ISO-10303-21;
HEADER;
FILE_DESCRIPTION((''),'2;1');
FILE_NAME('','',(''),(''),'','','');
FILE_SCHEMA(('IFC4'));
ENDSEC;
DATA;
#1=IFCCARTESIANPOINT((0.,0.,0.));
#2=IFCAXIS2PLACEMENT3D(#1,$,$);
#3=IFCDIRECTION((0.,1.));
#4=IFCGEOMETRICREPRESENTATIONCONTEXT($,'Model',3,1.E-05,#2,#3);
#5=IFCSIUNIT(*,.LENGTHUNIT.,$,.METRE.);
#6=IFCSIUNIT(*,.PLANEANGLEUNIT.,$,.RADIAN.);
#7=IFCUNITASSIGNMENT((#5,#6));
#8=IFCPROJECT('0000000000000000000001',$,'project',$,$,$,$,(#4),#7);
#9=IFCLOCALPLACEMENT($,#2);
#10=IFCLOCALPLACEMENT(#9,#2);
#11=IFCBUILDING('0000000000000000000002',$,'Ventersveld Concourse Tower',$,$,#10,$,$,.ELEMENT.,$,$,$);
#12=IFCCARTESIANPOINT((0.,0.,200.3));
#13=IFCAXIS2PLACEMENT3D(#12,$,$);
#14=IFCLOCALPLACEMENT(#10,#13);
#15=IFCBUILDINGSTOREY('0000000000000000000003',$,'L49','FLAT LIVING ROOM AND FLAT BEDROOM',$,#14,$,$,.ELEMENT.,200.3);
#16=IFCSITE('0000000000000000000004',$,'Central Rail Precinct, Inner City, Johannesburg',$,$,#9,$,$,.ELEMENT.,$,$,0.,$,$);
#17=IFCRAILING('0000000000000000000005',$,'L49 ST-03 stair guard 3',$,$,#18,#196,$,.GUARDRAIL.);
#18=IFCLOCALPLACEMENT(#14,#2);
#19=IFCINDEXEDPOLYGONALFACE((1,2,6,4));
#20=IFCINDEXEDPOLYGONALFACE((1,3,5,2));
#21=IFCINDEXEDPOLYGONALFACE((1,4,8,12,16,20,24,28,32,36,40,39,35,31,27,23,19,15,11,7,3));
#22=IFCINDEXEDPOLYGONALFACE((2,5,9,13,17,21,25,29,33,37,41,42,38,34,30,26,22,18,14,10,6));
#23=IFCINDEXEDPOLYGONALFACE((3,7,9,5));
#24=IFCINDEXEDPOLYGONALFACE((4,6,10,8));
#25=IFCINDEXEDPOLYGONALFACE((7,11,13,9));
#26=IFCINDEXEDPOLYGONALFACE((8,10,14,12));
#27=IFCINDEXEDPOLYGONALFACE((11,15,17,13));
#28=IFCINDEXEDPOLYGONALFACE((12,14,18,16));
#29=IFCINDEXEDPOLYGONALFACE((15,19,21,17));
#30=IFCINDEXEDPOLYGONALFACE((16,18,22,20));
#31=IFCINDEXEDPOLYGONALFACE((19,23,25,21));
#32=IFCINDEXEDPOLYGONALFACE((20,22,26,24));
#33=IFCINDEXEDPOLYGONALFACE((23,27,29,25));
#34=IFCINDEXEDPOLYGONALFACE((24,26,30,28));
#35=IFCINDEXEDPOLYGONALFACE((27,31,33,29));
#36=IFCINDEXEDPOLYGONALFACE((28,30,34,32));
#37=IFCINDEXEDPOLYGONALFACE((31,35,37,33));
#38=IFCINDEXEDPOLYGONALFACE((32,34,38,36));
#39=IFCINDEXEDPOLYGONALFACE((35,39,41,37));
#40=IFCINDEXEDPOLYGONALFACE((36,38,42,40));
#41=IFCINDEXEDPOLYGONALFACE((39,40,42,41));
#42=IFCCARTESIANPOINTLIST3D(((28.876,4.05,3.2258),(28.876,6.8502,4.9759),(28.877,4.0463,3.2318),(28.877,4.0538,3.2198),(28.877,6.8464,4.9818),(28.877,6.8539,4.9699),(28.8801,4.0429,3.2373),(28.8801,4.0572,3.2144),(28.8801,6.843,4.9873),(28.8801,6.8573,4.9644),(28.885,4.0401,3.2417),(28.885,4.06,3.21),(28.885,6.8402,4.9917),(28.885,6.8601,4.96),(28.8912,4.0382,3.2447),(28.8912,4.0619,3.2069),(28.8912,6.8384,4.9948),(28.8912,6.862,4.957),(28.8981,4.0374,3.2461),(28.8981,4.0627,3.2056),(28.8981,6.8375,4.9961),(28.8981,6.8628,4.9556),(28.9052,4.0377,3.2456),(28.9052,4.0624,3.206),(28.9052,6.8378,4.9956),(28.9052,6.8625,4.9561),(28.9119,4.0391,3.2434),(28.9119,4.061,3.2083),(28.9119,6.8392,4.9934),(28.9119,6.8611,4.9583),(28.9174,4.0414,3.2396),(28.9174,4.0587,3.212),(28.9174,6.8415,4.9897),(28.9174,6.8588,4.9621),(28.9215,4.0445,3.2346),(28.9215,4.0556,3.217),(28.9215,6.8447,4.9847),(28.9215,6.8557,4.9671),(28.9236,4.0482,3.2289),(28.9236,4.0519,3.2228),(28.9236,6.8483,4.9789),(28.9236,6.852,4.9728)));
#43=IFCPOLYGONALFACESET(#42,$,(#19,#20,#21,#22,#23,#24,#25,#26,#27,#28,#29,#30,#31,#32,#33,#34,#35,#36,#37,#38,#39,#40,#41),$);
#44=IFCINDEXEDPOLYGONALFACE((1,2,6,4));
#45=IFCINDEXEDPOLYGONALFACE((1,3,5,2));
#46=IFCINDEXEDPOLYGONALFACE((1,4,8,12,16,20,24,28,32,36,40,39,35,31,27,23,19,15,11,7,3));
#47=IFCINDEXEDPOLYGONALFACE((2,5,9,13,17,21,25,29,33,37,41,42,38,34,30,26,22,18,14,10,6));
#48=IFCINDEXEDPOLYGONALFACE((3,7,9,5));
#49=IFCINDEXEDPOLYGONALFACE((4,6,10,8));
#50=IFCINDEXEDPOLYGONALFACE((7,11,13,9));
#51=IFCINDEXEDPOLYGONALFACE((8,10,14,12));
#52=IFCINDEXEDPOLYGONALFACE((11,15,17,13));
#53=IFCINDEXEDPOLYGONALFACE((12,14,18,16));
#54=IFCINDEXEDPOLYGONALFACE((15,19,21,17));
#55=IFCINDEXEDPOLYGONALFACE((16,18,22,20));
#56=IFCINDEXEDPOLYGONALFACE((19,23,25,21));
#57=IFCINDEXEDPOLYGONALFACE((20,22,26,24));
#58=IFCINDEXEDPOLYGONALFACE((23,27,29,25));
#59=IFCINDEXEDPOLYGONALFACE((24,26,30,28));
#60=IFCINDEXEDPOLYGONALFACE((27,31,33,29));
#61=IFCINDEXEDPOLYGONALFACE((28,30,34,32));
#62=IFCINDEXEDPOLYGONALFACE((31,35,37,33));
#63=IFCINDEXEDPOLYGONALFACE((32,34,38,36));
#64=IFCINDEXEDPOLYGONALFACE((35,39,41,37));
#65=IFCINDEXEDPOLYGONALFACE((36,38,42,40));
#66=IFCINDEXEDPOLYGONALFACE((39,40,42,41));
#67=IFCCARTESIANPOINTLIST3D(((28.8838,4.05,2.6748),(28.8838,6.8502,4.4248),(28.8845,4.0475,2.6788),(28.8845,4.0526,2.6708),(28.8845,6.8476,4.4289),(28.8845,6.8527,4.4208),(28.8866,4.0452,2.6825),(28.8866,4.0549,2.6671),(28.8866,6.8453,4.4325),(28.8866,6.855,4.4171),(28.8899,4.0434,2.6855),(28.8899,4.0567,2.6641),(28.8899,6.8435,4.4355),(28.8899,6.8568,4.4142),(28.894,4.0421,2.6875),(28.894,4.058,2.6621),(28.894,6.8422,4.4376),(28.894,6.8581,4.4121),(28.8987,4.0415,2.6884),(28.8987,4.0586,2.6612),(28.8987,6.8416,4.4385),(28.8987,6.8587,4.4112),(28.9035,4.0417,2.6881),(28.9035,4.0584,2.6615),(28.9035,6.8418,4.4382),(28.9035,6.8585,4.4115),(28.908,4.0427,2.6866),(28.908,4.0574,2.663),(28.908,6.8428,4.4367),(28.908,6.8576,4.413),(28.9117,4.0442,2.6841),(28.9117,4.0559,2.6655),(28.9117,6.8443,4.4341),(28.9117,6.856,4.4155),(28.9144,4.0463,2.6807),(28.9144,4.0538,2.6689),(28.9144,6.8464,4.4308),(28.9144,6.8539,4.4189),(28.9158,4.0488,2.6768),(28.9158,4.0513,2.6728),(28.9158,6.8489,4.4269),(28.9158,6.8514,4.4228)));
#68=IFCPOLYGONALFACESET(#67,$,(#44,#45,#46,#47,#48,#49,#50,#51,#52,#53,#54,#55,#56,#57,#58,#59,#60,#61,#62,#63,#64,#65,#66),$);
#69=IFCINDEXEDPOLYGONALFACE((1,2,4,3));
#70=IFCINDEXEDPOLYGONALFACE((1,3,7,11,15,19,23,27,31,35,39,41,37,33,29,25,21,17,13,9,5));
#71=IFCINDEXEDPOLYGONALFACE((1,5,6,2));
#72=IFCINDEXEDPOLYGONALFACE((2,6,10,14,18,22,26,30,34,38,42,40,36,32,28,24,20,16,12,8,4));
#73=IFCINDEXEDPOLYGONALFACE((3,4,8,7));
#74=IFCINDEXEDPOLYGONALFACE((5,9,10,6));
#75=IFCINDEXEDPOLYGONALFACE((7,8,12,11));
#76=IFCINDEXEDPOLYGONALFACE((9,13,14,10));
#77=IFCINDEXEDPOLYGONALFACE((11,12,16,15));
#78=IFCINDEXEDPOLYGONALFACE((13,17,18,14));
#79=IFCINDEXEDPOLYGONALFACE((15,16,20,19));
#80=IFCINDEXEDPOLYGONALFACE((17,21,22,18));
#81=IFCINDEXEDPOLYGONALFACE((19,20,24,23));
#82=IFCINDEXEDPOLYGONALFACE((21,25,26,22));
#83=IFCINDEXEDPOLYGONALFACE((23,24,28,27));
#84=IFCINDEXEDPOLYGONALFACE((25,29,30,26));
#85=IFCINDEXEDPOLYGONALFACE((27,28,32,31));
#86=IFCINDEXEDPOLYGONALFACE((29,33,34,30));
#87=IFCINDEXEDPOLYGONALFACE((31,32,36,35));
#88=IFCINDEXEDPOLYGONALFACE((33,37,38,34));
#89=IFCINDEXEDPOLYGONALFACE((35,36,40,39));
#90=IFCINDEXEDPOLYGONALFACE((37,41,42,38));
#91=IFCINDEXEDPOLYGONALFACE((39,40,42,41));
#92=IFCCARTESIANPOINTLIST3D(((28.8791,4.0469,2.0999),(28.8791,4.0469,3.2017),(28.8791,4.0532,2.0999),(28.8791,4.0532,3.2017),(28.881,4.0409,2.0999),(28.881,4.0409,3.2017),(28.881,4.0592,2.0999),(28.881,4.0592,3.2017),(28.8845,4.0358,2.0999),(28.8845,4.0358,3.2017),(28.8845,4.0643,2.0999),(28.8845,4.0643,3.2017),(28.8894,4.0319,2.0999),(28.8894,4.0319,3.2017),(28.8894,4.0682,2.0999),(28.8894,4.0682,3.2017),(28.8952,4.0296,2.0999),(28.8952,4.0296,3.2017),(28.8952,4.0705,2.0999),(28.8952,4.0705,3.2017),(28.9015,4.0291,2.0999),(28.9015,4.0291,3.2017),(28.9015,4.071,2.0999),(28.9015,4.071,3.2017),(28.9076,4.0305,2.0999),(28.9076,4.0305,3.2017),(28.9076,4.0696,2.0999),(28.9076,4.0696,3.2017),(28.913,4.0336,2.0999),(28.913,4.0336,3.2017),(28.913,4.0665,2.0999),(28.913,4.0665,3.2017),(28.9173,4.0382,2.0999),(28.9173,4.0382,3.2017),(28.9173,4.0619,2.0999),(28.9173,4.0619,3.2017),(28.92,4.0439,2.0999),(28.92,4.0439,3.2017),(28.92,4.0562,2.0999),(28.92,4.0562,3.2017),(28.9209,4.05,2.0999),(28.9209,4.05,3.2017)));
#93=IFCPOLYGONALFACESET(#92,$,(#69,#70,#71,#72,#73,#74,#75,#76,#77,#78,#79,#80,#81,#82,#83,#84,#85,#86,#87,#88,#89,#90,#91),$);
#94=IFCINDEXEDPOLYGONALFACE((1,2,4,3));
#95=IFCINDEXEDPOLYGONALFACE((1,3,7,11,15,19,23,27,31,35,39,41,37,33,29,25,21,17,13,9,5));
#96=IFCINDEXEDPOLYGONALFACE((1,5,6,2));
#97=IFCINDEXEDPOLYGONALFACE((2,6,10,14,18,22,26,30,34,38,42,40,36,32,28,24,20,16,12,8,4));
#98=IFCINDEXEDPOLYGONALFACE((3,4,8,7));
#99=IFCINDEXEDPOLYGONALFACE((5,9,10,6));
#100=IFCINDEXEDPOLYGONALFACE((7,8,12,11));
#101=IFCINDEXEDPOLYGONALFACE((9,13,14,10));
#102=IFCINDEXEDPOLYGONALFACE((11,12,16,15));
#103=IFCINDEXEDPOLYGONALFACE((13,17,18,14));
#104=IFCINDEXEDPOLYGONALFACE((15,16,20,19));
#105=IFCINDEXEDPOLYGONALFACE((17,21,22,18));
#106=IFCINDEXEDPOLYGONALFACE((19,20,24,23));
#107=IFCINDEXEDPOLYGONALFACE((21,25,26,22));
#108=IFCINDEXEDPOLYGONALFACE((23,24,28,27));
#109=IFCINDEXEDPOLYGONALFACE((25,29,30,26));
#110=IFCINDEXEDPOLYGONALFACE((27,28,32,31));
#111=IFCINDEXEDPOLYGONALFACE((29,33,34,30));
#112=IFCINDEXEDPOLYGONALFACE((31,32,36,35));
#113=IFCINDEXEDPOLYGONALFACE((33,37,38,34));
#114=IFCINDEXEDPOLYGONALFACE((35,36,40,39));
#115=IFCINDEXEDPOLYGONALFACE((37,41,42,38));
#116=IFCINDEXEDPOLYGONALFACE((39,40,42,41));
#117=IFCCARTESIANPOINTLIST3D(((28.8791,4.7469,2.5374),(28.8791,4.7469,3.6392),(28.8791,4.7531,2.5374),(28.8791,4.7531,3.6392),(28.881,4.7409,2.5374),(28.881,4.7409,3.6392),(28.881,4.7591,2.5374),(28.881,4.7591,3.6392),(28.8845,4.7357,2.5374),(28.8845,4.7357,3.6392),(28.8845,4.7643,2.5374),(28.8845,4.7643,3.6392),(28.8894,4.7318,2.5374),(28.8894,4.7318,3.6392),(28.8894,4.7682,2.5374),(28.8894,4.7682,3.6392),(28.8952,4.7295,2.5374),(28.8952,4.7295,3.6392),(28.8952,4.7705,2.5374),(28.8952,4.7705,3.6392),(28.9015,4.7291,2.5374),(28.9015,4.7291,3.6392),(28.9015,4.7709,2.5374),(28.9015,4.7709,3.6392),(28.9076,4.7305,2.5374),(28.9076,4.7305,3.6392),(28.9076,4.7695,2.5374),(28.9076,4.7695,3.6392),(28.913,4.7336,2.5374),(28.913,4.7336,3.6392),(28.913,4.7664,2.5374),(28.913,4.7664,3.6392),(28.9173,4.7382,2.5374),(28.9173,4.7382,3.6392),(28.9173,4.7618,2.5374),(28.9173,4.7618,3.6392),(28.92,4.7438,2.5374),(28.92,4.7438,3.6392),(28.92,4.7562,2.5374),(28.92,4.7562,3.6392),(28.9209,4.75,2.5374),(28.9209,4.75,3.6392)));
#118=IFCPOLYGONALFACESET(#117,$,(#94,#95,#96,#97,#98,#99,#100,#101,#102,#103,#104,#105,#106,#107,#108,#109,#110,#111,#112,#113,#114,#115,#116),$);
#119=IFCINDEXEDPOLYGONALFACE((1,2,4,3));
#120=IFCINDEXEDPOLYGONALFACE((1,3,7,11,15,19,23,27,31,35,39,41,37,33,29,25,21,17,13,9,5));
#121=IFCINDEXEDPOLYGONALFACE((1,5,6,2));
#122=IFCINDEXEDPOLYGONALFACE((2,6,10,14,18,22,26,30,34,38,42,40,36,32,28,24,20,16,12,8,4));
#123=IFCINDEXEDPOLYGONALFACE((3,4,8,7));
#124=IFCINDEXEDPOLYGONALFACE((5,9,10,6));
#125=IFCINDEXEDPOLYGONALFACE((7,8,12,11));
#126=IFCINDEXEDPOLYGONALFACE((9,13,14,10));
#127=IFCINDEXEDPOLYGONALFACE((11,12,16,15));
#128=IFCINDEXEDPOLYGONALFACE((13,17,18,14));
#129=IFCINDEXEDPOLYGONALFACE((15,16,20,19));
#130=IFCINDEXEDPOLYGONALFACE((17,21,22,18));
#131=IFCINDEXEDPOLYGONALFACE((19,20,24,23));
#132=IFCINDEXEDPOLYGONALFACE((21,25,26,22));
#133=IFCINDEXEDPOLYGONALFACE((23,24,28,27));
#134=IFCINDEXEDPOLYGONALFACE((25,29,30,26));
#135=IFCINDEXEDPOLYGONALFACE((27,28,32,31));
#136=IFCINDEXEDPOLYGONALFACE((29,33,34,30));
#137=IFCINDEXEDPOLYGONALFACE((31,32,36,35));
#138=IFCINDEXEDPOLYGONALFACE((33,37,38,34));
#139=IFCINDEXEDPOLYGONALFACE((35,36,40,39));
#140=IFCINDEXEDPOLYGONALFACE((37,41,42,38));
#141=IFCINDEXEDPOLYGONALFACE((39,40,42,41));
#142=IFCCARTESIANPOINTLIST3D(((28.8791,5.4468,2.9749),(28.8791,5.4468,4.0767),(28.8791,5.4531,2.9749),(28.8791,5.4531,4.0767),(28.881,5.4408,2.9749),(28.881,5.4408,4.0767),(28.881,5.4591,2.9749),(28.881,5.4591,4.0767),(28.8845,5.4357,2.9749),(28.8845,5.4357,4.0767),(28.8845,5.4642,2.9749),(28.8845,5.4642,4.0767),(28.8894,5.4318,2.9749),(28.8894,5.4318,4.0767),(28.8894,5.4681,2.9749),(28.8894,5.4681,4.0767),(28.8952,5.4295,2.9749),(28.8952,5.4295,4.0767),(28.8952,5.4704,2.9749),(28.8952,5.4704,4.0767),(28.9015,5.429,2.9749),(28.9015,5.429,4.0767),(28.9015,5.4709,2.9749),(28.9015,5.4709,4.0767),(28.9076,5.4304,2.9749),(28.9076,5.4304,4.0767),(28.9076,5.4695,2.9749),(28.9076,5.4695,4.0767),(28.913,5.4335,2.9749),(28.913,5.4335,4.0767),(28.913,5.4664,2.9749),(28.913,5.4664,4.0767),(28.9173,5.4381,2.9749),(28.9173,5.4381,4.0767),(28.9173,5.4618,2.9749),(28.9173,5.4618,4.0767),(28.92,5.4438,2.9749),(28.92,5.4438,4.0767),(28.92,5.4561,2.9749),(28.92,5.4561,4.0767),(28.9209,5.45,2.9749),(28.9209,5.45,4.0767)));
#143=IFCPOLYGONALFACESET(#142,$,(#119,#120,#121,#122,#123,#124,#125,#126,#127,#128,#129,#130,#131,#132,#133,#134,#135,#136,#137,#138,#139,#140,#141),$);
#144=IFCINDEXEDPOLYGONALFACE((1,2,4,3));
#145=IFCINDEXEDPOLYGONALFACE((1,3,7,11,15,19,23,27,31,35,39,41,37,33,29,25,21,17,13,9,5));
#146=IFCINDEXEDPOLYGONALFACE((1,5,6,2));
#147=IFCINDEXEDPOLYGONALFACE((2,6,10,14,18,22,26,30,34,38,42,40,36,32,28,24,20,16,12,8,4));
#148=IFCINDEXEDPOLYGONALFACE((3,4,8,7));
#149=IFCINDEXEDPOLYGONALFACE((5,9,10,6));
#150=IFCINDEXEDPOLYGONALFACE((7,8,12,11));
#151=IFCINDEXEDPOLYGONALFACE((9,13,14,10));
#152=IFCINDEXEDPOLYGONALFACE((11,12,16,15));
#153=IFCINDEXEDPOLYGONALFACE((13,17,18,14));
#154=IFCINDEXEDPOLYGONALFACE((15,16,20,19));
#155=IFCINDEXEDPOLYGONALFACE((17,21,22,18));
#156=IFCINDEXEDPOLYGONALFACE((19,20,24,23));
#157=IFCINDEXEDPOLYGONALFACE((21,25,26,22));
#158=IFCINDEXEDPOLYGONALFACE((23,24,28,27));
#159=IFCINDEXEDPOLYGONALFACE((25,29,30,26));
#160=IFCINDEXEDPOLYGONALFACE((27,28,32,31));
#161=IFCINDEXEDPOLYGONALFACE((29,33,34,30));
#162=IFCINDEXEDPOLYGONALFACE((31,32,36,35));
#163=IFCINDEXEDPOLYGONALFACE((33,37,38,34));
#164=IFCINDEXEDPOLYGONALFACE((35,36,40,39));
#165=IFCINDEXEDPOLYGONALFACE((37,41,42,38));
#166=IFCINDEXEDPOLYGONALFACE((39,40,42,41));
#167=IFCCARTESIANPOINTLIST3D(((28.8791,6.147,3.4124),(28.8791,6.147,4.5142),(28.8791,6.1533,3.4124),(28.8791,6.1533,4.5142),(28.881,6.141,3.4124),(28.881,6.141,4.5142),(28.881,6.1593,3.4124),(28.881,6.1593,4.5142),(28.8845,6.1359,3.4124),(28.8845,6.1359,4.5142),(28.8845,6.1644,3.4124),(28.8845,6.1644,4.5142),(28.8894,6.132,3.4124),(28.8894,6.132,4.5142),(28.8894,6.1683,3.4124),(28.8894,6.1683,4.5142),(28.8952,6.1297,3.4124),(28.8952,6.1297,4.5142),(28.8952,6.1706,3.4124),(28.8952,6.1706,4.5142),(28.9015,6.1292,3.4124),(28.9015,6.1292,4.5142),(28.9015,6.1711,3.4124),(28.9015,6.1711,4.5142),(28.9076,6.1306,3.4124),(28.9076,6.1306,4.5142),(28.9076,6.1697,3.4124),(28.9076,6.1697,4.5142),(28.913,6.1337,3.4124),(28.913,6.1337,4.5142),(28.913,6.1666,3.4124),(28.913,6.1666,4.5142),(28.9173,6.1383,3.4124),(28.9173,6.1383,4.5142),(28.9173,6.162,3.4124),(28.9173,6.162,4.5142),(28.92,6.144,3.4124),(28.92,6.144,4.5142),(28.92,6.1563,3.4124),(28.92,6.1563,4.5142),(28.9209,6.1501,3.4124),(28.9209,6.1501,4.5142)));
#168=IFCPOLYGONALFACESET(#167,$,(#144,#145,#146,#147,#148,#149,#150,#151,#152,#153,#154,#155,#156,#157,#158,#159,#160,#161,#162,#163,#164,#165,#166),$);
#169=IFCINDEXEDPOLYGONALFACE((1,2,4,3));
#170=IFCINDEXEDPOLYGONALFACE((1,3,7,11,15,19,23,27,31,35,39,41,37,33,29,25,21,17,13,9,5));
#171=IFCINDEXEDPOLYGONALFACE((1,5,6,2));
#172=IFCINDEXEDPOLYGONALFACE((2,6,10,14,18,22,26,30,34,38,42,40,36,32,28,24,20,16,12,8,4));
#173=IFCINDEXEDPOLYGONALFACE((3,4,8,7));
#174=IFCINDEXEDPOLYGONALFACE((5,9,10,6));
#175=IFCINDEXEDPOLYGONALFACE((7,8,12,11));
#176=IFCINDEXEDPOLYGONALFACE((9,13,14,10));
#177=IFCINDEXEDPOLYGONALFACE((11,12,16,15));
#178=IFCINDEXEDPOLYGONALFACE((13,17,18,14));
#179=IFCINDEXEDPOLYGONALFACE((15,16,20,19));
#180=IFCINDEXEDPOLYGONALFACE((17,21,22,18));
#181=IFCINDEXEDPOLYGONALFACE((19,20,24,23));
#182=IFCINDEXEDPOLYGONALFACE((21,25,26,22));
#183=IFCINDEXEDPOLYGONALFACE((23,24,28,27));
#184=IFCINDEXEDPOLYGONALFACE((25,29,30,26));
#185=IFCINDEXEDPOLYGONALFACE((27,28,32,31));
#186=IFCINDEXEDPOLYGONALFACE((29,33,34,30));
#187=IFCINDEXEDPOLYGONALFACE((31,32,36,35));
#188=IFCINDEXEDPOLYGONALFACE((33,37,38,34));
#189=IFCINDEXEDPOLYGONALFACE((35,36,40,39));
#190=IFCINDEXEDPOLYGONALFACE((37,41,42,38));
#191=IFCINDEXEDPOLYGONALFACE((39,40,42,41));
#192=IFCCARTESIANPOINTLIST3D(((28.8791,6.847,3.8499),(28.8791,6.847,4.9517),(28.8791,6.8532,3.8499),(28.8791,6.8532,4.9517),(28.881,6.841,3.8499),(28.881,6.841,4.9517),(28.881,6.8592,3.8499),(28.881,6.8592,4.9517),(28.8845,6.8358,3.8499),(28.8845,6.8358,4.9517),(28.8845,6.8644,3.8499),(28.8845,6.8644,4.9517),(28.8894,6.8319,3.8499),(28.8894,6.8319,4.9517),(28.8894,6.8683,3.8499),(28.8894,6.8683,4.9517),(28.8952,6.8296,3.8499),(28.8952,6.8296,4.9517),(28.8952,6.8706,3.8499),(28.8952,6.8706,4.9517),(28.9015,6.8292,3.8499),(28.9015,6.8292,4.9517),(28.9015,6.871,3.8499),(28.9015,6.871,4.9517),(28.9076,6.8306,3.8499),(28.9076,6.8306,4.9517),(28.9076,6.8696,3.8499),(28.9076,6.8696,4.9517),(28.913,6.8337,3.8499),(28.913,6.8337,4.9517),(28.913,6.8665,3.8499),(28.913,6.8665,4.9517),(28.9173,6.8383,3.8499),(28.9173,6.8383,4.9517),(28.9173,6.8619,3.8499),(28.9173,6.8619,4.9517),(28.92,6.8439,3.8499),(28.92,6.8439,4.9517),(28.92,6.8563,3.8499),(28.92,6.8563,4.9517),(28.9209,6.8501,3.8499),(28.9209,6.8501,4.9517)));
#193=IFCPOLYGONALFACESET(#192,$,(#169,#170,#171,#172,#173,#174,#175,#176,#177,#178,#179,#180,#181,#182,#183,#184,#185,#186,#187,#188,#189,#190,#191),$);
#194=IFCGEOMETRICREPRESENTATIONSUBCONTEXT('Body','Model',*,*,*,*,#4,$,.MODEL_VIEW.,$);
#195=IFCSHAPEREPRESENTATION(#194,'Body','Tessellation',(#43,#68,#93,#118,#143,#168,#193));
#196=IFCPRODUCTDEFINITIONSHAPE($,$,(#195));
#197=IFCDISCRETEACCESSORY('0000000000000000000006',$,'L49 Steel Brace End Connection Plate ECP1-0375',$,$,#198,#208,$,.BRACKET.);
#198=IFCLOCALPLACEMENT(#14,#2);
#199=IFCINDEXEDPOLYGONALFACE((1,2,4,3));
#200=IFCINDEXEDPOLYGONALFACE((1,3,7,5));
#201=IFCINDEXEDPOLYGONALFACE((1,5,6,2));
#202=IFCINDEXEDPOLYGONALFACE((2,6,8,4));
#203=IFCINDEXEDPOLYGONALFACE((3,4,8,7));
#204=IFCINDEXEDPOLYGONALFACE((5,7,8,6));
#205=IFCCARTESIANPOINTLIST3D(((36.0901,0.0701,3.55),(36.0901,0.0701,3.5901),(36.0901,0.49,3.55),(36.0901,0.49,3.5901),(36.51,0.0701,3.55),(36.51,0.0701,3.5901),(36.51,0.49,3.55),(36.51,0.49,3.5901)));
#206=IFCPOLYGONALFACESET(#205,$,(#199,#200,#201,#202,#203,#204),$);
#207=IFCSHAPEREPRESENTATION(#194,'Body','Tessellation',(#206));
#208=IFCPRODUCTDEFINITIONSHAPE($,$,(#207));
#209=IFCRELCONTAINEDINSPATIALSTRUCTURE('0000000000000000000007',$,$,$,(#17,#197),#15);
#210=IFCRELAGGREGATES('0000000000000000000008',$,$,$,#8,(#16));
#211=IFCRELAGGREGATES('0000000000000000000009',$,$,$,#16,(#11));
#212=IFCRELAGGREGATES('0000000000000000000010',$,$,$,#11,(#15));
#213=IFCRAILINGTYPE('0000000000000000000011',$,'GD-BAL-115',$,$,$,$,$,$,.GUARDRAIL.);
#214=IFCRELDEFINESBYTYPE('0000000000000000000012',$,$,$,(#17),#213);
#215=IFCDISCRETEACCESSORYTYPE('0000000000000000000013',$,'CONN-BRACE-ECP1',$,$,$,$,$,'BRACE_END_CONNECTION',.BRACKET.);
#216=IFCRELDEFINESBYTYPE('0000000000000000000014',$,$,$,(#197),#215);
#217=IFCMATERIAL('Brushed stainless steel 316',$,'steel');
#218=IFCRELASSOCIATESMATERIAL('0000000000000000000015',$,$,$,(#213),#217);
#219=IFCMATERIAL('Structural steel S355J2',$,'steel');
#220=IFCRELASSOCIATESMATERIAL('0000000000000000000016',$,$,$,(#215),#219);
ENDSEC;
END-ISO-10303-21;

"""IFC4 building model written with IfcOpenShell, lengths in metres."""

from ifc_helpers import new_model, si_unit, direction, frame, origin, origin_2d, place, context, subcontext, project, spatial, rectangle, circle, extrude, material, type_object, element, save


model = new_model("IFC4")

# Units and contexts
model_context = context("Model", 3, precision=1e-05, world=origin(), true_north=direction((0.0, 1.0)))
body_context = subcontext(model_context, "Body", "Model", "MODEL_VIEW")
ifc_project = project(units=[si_unit("LENGTHUNIT", "METRE"), si_unit("PLANEANGLEUNIT", "RADIAN")], contexts=[model_context])

# Site, building, storey
site_placement = place(None, origin())
site = spatial("IfcSite", under=ifc_project, at=site_placement, Name="Central Rail Precinct, Inner City, Johannesburg", CompositionType="ELEMENT", RefElevation=0.0)
building_placement = place(site_placement, origin())
building = spatial("IfcBuilding", under=site, at=building_placement, Name="Ventersveld Concourse Tower", CompositionType="ELEMENT")
storey_placement = place(building_placement, frame((0.0, 0.0, 200.3)))
storey = spatial("IfcBuildingStorey", under=building, at=storey_placement, Name="L49", Description="FLAT LIVING ROOM AND FLAT BEDROOM", CompositionType="ELEMENT", Elevation=200.3)

# Shared definitions
ifc_material_1 = material(Name="Structural steel S355J2", Category="steel")

# Shared definitions
ifc_material_2 = material(Name="Brushed stainless steel 316", Category="steel")

# Railing
railing_type = type_object("IfcRailingType", Name="GD-BAL-115", PredefinedType="GUARDRAIL", material=ifc_material_2)
railing_1_placement = place(storey_placement, frame((28.8999, 4.05, 2.0999)))
element("IfcRailing", 1, at=railing_1_placement, inside=storey, type_object=railing_type, Name="L49 ST-03 stair guard 3", PredefinedType="GUARDRAIL", context=body_context, shape_type="SweptSolid", body=[
    extrude(circle(Radius=0.0239, at=origin_2d()), frame((0.0, 0.0, 1.126), z_axis=(0.0, 0.848002, 0.529992), x_axis=(-1.0, 0.0, 0.0)), (0.0, 0.0, 1.0), 3.302),
    extrude(circle(Radius=0.0161, at=origin_2d()), frame((0.0, 0.0, 0.575), z_axis=(0.0, 0.848002, 0.529992), x_axis=(-1.0, 0.0, 0.0)), (0.0, 0.0, 1.0), 3.302),
    extrude(circle(Radius=0.021, at=origin_2d()), origin(), (0.0, 0.0, 1.0), 1.1018),
    extrude(circle(Radius=0.021, at=origin_2d()), frame((0.0, 0.7, 0.4375)), (0.0, 0.0, 1.0), 1.1018),
    extrude(circle(Radius=0.021, at=origin_2d()), frame((0.0, 1.3999, 0.875)), (0.0, 0.0, 1.0), 1.1018),
    extrude(circle(Radius=0.021, at=origin_2d()), frame((0.0, 2.1001, 1.3125)), (0.0, 0.0, 1.0), 1.1018),
    extrude(circle(Radius=0.021, at=origin_2d()), frame((0.0, 2.8, 1.75)), (0.0, 0.0, 1.0), 1.1018),
])

# Discrete accessory
discrete_accessory_type = type_object("IfcDiscreteAccessoryType", Name="CONN-BRACE-ECP1", ElementType="BRACE_END_CONNECTION", PredefinedType="BRACKET", material=ifc_material_1)
discrete_accessory_placement = place(storey_placement, frame((36.3, 0.28, 3.55), z_axis=(0.0, 0.0, 1.0), x_axis=(1.0, 0.0, 0.0)))
element("IfcDiscreteAccessory", 2, at=discrete_accessory_placement, inside=storey, type_object=discrete_accessory_type, Name="L49 Steel Brace End Connection Plate ECP1-0375", PredefinedType="BRACKET", context=body_context, shape_type="SweptSolid", body=[
    extrude(rectangle(XDim=0.4199, YDim=0.4199, at=origin_2d()), origin(), (0.0, 0.0, 1.0), 0.04),
])

save(model, "model.ifc")
